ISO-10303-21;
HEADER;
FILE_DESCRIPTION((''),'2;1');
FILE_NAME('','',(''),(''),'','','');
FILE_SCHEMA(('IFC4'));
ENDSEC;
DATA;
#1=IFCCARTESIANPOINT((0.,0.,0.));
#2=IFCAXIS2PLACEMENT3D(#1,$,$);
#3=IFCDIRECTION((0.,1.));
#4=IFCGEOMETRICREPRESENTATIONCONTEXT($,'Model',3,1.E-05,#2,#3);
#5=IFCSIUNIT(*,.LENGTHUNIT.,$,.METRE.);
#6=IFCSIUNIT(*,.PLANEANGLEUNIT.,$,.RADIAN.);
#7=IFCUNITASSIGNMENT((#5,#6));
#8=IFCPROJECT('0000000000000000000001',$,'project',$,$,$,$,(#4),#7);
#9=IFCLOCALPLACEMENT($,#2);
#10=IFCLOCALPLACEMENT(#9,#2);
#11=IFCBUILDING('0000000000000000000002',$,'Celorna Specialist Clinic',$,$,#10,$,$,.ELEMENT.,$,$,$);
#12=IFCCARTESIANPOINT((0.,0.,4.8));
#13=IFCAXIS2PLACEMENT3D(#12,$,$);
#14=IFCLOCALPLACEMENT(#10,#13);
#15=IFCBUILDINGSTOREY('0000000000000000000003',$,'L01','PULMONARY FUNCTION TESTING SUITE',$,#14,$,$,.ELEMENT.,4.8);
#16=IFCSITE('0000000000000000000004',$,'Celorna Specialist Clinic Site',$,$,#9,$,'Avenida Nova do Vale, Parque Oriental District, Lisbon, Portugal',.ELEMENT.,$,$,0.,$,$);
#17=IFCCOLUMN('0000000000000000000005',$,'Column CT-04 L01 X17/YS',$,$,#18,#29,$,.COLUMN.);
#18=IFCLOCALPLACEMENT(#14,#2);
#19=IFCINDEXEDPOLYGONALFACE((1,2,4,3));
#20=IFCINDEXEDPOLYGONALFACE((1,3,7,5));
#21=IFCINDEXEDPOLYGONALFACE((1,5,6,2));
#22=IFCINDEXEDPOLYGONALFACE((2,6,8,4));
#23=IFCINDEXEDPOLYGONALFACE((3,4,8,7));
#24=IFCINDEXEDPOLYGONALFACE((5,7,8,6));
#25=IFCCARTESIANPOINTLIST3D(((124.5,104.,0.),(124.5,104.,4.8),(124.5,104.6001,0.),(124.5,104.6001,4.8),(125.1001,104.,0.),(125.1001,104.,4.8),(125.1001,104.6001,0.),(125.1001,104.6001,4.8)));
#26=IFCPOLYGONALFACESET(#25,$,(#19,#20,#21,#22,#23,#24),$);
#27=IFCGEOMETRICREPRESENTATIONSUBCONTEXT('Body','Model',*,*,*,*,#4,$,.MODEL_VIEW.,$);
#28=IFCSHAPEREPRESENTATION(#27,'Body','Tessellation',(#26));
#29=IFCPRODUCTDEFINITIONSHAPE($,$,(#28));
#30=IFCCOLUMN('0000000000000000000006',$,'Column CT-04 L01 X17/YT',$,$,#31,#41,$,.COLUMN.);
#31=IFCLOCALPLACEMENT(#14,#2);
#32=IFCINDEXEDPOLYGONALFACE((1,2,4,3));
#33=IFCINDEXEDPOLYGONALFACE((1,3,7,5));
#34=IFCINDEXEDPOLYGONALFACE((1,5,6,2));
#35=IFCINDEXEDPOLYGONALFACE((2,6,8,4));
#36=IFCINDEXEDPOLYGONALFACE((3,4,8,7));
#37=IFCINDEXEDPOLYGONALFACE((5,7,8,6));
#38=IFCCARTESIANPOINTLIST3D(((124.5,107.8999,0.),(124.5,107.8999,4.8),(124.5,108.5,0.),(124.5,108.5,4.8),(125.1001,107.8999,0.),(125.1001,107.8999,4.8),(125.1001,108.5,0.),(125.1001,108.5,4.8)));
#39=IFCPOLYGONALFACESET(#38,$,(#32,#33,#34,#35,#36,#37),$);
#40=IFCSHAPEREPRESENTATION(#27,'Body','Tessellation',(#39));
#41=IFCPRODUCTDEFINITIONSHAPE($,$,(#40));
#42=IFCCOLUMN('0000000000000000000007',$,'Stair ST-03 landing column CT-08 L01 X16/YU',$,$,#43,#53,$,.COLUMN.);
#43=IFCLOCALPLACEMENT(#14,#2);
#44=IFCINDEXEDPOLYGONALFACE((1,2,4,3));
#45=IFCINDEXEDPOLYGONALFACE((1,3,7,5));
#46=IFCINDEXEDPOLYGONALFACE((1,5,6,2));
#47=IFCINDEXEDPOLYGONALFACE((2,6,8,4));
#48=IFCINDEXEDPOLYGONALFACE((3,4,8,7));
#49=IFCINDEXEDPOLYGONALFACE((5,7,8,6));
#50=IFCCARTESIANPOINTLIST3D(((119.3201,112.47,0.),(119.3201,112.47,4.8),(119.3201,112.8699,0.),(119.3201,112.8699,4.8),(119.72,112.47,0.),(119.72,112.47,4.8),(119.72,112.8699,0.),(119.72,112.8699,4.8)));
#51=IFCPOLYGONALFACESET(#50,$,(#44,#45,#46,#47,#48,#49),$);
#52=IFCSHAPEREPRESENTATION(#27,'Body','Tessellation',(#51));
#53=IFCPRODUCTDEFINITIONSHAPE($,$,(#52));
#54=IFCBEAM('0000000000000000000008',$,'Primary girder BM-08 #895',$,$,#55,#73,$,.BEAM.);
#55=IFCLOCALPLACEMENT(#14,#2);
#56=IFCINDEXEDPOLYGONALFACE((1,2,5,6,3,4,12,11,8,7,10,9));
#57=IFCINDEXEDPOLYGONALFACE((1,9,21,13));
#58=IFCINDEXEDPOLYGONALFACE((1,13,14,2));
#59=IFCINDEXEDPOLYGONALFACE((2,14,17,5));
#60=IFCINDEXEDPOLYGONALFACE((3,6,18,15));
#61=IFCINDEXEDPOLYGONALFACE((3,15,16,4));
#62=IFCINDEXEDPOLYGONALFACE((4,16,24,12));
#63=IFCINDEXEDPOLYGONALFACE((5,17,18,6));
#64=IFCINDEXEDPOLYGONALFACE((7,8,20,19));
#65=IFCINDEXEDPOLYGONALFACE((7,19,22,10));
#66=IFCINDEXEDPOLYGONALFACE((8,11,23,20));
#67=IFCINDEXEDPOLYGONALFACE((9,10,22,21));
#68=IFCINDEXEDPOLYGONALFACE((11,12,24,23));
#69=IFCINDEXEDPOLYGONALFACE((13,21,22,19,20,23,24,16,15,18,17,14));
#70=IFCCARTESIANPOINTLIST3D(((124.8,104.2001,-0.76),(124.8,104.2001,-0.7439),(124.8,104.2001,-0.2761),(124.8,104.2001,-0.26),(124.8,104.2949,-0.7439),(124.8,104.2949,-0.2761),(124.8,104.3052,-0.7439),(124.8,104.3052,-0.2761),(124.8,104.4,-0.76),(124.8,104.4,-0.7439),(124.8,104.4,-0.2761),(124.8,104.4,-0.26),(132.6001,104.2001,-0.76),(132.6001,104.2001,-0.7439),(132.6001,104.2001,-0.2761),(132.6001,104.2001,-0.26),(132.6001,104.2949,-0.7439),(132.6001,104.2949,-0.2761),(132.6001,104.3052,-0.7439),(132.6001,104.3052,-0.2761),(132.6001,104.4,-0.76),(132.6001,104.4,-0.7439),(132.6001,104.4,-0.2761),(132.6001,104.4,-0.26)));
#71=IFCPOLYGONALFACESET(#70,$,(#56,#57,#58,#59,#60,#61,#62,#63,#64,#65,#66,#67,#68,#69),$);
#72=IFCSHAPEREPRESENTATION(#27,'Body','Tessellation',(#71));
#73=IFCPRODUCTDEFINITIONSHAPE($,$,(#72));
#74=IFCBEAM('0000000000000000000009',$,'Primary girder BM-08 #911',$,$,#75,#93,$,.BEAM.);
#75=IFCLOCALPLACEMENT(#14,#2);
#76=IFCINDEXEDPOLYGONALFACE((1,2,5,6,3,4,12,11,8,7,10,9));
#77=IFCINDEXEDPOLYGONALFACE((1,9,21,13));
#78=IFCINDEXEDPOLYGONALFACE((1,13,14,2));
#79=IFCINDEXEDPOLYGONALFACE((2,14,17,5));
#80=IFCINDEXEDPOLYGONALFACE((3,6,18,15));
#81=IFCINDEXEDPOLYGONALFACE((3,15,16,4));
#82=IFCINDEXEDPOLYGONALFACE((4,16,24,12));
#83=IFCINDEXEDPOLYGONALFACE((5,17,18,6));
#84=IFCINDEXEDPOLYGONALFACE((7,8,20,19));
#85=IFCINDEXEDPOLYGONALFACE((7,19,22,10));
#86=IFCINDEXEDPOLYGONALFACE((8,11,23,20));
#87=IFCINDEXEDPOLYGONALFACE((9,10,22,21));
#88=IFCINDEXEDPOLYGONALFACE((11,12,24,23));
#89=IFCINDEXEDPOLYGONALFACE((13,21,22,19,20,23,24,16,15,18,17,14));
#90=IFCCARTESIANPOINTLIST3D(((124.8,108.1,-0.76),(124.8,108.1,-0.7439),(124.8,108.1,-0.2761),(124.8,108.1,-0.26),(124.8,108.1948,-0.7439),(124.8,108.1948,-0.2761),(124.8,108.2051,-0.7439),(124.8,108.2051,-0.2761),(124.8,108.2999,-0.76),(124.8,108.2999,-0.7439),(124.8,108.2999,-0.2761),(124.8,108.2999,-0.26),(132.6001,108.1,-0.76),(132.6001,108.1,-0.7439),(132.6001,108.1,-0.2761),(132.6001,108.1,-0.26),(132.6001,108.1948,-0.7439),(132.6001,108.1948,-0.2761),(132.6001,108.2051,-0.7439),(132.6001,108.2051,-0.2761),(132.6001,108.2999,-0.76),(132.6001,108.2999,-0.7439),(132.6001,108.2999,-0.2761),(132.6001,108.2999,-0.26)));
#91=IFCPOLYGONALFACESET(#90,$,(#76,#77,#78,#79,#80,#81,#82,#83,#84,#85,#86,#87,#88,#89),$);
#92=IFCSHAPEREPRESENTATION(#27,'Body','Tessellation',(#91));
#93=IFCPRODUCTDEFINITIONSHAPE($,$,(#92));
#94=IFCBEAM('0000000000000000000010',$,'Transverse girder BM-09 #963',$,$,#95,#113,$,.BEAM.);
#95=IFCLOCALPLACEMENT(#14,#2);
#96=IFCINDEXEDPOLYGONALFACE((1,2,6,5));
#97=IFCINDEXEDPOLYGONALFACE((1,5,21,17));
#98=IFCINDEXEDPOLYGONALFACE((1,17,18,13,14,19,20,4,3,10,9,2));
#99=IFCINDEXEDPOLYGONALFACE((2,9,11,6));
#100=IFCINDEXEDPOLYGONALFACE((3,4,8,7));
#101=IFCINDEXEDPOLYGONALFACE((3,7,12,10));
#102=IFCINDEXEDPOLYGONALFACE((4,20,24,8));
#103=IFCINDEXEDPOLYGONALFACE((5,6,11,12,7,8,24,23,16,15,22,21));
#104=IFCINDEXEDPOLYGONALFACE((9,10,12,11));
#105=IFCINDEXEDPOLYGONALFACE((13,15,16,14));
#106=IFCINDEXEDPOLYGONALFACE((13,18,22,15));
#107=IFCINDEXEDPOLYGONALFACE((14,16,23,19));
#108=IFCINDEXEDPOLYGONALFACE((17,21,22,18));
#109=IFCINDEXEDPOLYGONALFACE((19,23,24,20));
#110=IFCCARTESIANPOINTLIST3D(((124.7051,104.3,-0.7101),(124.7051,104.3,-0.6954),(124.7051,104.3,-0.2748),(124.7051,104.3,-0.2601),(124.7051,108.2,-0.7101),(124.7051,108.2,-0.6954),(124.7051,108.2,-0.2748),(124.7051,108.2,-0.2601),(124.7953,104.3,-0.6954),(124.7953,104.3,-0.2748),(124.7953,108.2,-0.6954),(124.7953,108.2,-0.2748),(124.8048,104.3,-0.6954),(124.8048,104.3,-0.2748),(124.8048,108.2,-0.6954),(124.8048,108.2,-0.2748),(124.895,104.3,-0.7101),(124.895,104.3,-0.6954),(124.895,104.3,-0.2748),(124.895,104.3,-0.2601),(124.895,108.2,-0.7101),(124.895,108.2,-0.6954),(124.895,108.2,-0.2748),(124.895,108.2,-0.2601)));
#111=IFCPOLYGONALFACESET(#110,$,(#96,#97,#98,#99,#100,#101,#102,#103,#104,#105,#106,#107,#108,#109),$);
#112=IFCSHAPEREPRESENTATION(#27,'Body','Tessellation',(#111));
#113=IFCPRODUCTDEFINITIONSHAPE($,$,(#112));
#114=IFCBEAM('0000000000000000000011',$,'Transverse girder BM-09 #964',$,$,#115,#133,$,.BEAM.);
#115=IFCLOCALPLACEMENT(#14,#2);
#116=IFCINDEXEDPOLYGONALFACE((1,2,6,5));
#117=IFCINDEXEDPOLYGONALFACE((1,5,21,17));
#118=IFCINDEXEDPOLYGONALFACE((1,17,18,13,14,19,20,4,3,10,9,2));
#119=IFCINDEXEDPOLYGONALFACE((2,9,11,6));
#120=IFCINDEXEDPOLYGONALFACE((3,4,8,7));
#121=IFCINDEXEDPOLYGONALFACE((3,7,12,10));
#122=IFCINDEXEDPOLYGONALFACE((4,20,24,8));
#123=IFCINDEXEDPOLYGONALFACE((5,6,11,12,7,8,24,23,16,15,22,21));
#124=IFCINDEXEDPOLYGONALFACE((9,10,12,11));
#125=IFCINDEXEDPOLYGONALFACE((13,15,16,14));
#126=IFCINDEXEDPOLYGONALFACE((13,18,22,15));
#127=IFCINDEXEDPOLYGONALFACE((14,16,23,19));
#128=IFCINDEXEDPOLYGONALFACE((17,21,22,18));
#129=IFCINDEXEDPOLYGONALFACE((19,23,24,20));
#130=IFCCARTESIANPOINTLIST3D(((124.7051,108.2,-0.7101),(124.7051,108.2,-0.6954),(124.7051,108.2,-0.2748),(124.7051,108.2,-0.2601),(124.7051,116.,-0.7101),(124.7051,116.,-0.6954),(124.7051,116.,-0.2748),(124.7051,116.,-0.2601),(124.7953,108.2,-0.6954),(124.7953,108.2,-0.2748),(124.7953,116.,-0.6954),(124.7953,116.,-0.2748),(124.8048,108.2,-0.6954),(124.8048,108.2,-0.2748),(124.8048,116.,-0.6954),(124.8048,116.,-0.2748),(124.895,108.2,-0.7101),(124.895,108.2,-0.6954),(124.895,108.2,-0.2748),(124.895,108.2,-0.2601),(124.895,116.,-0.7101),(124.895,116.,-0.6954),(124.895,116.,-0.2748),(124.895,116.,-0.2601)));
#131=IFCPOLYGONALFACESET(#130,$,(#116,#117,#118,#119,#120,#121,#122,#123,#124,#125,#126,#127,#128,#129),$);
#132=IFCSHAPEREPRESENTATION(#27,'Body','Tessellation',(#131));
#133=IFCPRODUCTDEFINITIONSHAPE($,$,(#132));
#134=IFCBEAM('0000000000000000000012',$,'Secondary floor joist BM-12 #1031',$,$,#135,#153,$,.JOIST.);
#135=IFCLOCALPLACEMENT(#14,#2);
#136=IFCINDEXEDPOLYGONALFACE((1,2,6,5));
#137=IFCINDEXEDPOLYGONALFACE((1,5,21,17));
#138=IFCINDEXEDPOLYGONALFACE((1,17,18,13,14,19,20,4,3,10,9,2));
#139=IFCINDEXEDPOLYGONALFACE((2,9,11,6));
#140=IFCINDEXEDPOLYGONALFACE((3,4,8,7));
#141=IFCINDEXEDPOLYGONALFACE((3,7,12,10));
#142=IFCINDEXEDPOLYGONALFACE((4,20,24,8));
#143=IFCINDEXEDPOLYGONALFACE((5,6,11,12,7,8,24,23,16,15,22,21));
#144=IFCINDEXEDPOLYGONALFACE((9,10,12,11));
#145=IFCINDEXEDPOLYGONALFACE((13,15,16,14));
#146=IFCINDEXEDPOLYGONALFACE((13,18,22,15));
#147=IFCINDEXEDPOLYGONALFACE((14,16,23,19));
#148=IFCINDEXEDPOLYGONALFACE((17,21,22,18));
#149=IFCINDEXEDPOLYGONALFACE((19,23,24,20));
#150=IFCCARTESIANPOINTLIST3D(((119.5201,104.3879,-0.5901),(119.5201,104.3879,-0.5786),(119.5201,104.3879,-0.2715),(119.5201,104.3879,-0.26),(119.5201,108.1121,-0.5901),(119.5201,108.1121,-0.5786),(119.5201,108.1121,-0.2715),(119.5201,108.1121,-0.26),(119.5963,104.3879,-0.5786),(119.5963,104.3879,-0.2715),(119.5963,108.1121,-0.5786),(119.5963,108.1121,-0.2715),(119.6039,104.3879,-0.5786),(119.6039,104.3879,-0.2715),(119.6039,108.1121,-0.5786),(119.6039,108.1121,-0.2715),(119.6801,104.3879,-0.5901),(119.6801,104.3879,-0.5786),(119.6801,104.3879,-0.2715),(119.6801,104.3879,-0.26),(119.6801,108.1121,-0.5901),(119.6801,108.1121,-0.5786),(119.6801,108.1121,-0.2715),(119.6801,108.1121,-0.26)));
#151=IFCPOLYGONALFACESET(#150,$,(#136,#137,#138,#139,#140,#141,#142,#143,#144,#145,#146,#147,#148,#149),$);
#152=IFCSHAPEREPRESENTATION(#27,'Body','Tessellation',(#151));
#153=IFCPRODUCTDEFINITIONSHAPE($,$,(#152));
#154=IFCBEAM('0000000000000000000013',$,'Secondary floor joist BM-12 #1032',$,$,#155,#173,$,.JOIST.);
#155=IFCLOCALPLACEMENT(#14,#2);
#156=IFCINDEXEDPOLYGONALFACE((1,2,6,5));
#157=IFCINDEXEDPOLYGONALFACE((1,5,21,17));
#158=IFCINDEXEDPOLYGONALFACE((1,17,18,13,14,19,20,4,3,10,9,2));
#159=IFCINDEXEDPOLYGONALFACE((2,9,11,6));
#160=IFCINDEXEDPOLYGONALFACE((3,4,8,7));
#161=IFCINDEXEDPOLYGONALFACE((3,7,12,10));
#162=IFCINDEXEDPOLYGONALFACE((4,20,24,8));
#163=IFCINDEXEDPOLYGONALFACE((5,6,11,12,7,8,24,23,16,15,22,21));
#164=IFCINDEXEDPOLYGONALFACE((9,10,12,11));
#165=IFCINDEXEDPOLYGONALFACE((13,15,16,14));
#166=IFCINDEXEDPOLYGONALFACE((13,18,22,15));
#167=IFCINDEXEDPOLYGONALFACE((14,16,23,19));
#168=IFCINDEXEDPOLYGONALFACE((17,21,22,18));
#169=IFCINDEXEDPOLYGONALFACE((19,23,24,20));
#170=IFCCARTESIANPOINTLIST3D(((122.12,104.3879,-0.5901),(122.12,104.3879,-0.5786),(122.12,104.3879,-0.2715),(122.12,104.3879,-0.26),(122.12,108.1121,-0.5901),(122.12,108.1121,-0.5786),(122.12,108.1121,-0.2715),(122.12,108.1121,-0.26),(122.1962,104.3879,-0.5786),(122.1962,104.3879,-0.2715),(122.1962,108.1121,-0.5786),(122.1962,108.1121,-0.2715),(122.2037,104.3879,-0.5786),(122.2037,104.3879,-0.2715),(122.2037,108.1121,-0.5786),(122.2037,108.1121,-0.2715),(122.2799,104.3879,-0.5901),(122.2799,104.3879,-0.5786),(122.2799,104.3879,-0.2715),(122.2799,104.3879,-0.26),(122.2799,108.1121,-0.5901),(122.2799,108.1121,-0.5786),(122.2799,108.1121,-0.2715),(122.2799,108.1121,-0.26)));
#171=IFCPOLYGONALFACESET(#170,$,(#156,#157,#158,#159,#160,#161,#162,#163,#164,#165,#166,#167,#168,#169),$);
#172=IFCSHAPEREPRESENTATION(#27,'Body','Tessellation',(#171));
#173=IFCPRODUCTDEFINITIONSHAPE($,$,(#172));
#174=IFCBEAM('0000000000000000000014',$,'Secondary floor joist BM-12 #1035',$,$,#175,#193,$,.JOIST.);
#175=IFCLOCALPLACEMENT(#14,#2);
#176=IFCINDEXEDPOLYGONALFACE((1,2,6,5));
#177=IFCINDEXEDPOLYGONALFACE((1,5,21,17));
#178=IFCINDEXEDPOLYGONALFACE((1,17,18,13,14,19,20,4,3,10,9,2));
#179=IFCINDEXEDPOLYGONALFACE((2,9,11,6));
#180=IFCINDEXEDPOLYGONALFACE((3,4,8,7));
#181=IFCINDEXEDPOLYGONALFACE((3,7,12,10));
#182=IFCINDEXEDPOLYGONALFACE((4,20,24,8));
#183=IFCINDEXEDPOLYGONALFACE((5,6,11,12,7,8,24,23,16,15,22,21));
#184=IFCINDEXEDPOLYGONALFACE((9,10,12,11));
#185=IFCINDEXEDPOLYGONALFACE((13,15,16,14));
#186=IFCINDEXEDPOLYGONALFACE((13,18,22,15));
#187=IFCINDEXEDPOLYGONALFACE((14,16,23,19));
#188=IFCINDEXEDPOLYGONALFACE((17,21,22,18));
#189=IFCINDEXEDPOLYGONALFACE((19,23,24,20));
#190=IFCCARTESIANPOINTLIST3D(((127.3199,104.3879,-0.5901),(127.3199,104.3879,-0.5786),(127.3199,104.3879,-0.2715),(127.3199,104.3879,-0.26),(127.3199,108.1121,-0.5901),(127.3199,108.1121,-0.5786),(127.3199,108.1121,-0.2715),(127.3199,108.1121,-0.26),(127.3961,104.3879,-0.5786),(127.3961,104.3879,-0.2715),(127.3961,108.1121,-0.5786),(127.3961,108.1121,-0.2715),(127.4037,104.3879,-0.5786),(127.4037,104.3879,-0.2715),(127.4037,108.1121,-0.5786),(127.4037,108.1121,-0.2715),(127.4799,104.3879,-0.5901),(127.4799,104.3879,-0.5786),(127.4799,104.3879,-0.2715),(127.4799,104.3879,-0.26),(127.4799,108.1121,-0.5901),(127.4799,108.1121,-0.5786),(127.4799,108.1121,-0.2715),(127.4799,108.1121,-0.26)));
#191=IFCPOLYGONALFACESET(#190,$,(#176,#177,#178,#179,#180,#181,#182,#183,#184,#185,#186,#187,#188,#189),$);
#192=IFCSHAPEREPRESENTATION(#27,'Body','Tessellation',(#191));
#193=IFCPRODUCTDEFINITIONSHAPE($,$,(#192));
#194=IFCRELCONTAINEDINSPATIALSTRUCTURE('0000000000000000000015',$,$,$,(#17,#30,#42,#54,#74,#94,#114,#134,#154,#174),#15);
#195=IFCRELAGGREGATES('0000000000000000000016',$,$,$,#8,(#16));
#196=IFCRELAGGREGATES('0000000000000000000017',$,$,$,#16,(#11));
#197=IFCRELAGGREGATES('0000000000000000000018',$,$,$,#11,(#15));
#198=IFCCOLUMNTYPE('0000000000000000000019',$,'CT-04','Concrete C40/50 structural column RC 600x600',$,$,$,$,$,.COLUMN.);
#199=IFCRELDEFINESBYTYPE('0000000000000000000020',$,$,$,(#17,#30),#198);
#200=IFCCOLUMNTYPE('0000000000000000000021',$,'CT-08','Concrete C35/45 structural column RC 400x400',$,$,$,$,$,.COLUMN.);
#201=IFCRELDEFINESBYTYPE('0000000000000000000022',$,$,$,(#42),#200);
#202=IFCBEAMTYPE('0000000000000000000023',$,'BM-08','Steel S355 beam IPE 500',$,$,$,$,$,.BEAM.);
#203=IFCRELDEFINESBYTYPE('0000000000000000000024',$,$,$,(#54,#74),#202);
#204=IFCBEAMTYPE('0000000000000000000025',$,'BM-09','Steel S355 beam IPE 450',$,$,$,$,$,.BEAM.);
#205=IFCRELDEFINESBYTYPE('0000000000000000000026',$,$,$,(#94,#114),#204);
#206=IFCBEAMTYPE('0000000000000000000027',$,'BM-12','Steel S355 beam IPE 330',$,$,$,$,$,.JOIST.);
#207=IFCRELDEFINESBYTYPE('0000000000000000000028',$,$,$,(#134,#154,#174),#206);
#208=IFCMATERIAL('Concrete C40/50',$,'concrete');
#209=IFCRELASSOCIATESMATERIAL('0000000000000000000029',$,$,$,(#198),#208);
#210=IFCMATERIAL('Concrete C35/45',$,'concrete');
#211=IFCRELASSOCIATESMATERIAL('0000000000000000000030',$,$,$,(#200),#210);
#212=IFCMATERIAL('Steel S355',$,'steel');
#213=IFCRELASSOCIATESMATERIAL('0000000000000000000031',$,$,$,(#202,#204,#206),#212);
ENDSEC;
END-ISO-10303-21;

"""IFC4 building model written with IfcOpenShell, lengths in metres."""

from ifc_helpers import new_model, si_unit, direction, frame, origin, origin_2d, place, context, subcontext, project, spatial, rectangle, i_section, extrude, material, material_profile, profile_set, type_object, element, save


model = new_model("IFC4")

# Units and contexts
model_context = context("Model", 3, precision=1e-05, world=origin(), true_north=direction((0.0, 1.0)))
body_context = subcontext(model_context, "Body", "Model", "MODEL_VIEW")
ifc_project = project(units=[si_unit("LENGTHUNIT", "METRE"), si_unit("PLANEANGLEUNIT", "RADIAN")], contexts=[model_context])

# Site, building, storey
site_placement = place(None, origin())
site = spatial("IfcSite", under=ifc_project, at=site_placement, Name="Celorna Specialist Clinic Site", LongName="Avenida Nova do Vale, Parque Oriental District, Lisbon, Portugal", CompositionType="ELEMENT", RefElevation=0.0)
building_placement = place(site_placement, origin())
building = spatial("IfcBuilding", under=site, at=building_placement, Name="Celorna Specialist Clinic", CompositionType="ELEMENT")
storey_placement = place(building_placement, frame((0.0, 0.0, 4.8)))
storey = spatial("IfcBuildingStorey", under=building, at=storey_placement, Name="L01", Description="PULMONARY FUNCTION TESTING SUITE", CompositionType="ELEMENT", Elevation=4.8)

# Columns
ifc_material_1 = material(Name="Concrete C40/50", Category="concrete")
ifc_material_profile_1 = material_profile(ifc_material_1, rectangle(XDim=0.6001, YDim=0.6001, at=origin_2d()), Name="RC 600x600")
ifc_profile_set_1 = profile_set([ifc_material_profile_1], Name="Concrete C40/50")
column_type_1 = type_object("IfcColumnType", Name="CT-04", Description="Concrete C40/50 structural column RC 600x600", PredefinedType="COLUMN", material=ifc_profile_set_1)
for number, where, z_axis, x_axis, name in (
    (1, (124.8, 104.3, 0.0), (0.0, 0.0, 1.0), (1.0, 0.0, 0.0), "Column CT-04 L01 X17/YS"),
    (2, (124.8, 108.2, 0.0), (0.0, 0.0, 1.0), (1.0, 0.0, 0.0), "Column CT-04 L01 X17/YT"),
):
    element("IfcColumn", number, at=place(storey_placement, frame(where, z_axis=z_axis, x_axis=x_axis)), inside=storey, type_object=column_type_1, Name=name, PredefinedType="COLUMN", context=body_context, shape_type="SweptSolid", body=[
        extrude(rectangle(XDim=0.6001, YDim=0.6001, at=origin_2d()), origin(), (0.0, 0.0, 1.0), 4.8),
    ])
ifc_material_2 = material(Name="Concrete C35/45", Category="concrete")
ifc_material_profile_2 = material_profile(ifc_material_2, rectangle(XDim=0.3999, YDim=0.3999, at=origin_2d()), Name="RC 400x400")
ifc_profile_set_2 = profile_set([ifc_material_profile_2], Name="Concrete C35/45")
column_type_2 = type_object("IfcColumnType", Name="CT-08", Description="Concrete C35/45 structural column RC 400x400", PredefinedType="COLUMN", material=ifc_profile_set_2)
column_placement = place(storey_placement, frame((119.52, 112.6699, 0.0), z_axis=(0.0, 0.0, 1.0), x_axis=(1.0, 0.0, 0.0)))
element("IfcColumn", 3, at=column_placement, inside=storey, type_object=column_type_2, Name="Stair ST-03 landing column CT-08 L01 X16/YU", PredefinedType="COLUMN", context=body_context, shape_type="SweptSolid", body=[
    extrude(rectangle(XDim=0.3999, YDim=0.3999, at=origin_2d()), origin(), (0.0, 0.0, 1.0), 4.8),
])

# Beams
ifc_material_3 = material(Name="Steel S355", Category="steel")
ifc_material_profile_3 = material_profile(ifc_material_3, i_section(OverallWidth=0.2, OverallDepth=0.5, WebThickness=0.0103, FlangeThickness=0.0161, at=origin_2d()), Name="IPE 500")
ifc_profile_set_3 = profile_set([ifc_material_profile_3], Name="Steel S355")
beam_type_1 = type_object("IfcBeamType", Name="BM-08", Description="Steel S355 beam IPE 500", PredefinedType="BEAM", material=ifc_profile_set_3)
for number, where, z_axis, x_axis, name in (
    (4, (124.8, 104.3, -0.51), (1.0, 0.0, 0.0), (0.0, 1.0, 0.0), "Primary girder BM-08 #895"),
    (5, (124.8, 108.2, -0.51), (1.0, 0.0, 0.0), (0.0, 1.0, 0.0), "Primary girder BM-08 #911"),
):
    element("IfcBeam", number, at=place(storey_placement, frame(where, z_axis=z_axis, x_axis=x_axis)), inside=storey, type_object=beam_type_1, Name=name, PredefinedType="BEAM", context=body_context, shape_type="SweptSolid", body=[
        extrude(i_section(OverallWidth=0.2, OverallDepth=0.5, WebThickness=0.0103, FlangeThickness=0.0161, at=origin_2d()), origin(), (0.0, 0.0, 1.0), 7.8),
    ])
ifc_material_profile_4 = material_profile(ifc_material_3, i_section(OverallWidth=0.1899, OverallDepth=0.45, WebThickness=0.0095, FlangeThickness=0.0146, at=origin_2d()), Name="IPE 450")
ifc_profile_set_4 = profile_set([ifc_material_profile_4], Name="Steel S355")
beam_type_2 = type_object("IfcBeamType", Name="BM-09", Description="Steel S355 beam IPE 450", PredefinedType="BEAM", material=ifc_profile_set_4)
beam_1_placement = place(storey_placement, frame((124.8, 104.3, -0.4851), z_axis=(0.0, 1.0, 0.0), x_axis=(-1.0, 0.0, 0.0)))
element("IfcBeam", 6, at=beam_1_placement, inside=storey, type_object=beam_type_2, Name="Transverse girder BM-09 #963", PredefinedType="BEAM", context=body_context, shape_type="SweptSolid", body=[
    extrude(i_section(OverallWidth=0.1899, OverallDepth=0.45, WebThickness=0.0095, FlangeThickness=0.0146, at=origin_2d()), origin(), (0.0, 0.0, 1.0), 3.8999),
])
beam_2_placement = place(storey_placement, frame((124.8, 108.2, -0.4851), z_axis=(0.0, 1.0, 0.0), x_axis=(-1.0, 0.0, 0.0)))
element("IfcBeam", 7, at=beam_2_placement, inside=storey, type_object=beam_type_2, Name="Transverse girder BM-09 #964", PredefinedType="BEAM", context=body_context, shape_type="SweptSolid", body=[
    extrude(i_section(OverallWidth=0.1899, OverallDepth=0.45, WebThickness=0.0095, FlangeThickness=0.0146, at=origin_2d()), origin(), (0.0, 0.0, 1.0), 7.8),
])
ifc_material_profile_5 = material_profile(ifc_material_3, i_section(OverallWidth=0.1599, OverallDepth=0.3301, WebThickness=0.0076, FlangeThickness=0.0115, at=origin_2d()), Name="IPE 330")
ifc_profile_set_5 = profile_set([ifc_material_profile_5], Name="Steel S355")
beam_type_3 = type_object("IfcBeamType", Name="BM-12", Description="Steel S355 beam IPE 330", PredefinedType="JOIST", material=ifc_profile_set_5)
for number, where, z_axis, x_axis, name in (
    (8, (119.6001, 104.3879, -0.425), (0.0, 1.0, 0.0), (-1.0, 0.0, 0.0), "Secondary floor joist BM-12 #1031"),
    (9, (122.2, 104.3879, -0.425), (0.0, 1.0, 0.0), (-1.0, 0.0, 0.0), "Secondary floor joist BM-12 #1032"),
    (10, (127.3999, 104.3879, -0.425), (0.0, 1.0, 0.0), (-1.0, 0.0, 0.0), "Secondary floor joist BM-12 #1035"),
):
    element("IfcBeam", number, at=place(storey_placement, frame(where, z_axis=z_axis, x_axis=x_axis)), inside=storey, type_object=beam_type_3, Name=name, PredefinedType="JOIST", context=body_context, shape_type="SweptSolid", body=[
        extrude(i_section(OverallWidth=0.1599, OverallDepth=0.3301, WebThickness=0.0076, FlangeThickness=0.0115, at=origin_2d()), origin(), (0.0, 0.0, 1.0), 3.7241),
    ])

save(model, "model.ifc")
